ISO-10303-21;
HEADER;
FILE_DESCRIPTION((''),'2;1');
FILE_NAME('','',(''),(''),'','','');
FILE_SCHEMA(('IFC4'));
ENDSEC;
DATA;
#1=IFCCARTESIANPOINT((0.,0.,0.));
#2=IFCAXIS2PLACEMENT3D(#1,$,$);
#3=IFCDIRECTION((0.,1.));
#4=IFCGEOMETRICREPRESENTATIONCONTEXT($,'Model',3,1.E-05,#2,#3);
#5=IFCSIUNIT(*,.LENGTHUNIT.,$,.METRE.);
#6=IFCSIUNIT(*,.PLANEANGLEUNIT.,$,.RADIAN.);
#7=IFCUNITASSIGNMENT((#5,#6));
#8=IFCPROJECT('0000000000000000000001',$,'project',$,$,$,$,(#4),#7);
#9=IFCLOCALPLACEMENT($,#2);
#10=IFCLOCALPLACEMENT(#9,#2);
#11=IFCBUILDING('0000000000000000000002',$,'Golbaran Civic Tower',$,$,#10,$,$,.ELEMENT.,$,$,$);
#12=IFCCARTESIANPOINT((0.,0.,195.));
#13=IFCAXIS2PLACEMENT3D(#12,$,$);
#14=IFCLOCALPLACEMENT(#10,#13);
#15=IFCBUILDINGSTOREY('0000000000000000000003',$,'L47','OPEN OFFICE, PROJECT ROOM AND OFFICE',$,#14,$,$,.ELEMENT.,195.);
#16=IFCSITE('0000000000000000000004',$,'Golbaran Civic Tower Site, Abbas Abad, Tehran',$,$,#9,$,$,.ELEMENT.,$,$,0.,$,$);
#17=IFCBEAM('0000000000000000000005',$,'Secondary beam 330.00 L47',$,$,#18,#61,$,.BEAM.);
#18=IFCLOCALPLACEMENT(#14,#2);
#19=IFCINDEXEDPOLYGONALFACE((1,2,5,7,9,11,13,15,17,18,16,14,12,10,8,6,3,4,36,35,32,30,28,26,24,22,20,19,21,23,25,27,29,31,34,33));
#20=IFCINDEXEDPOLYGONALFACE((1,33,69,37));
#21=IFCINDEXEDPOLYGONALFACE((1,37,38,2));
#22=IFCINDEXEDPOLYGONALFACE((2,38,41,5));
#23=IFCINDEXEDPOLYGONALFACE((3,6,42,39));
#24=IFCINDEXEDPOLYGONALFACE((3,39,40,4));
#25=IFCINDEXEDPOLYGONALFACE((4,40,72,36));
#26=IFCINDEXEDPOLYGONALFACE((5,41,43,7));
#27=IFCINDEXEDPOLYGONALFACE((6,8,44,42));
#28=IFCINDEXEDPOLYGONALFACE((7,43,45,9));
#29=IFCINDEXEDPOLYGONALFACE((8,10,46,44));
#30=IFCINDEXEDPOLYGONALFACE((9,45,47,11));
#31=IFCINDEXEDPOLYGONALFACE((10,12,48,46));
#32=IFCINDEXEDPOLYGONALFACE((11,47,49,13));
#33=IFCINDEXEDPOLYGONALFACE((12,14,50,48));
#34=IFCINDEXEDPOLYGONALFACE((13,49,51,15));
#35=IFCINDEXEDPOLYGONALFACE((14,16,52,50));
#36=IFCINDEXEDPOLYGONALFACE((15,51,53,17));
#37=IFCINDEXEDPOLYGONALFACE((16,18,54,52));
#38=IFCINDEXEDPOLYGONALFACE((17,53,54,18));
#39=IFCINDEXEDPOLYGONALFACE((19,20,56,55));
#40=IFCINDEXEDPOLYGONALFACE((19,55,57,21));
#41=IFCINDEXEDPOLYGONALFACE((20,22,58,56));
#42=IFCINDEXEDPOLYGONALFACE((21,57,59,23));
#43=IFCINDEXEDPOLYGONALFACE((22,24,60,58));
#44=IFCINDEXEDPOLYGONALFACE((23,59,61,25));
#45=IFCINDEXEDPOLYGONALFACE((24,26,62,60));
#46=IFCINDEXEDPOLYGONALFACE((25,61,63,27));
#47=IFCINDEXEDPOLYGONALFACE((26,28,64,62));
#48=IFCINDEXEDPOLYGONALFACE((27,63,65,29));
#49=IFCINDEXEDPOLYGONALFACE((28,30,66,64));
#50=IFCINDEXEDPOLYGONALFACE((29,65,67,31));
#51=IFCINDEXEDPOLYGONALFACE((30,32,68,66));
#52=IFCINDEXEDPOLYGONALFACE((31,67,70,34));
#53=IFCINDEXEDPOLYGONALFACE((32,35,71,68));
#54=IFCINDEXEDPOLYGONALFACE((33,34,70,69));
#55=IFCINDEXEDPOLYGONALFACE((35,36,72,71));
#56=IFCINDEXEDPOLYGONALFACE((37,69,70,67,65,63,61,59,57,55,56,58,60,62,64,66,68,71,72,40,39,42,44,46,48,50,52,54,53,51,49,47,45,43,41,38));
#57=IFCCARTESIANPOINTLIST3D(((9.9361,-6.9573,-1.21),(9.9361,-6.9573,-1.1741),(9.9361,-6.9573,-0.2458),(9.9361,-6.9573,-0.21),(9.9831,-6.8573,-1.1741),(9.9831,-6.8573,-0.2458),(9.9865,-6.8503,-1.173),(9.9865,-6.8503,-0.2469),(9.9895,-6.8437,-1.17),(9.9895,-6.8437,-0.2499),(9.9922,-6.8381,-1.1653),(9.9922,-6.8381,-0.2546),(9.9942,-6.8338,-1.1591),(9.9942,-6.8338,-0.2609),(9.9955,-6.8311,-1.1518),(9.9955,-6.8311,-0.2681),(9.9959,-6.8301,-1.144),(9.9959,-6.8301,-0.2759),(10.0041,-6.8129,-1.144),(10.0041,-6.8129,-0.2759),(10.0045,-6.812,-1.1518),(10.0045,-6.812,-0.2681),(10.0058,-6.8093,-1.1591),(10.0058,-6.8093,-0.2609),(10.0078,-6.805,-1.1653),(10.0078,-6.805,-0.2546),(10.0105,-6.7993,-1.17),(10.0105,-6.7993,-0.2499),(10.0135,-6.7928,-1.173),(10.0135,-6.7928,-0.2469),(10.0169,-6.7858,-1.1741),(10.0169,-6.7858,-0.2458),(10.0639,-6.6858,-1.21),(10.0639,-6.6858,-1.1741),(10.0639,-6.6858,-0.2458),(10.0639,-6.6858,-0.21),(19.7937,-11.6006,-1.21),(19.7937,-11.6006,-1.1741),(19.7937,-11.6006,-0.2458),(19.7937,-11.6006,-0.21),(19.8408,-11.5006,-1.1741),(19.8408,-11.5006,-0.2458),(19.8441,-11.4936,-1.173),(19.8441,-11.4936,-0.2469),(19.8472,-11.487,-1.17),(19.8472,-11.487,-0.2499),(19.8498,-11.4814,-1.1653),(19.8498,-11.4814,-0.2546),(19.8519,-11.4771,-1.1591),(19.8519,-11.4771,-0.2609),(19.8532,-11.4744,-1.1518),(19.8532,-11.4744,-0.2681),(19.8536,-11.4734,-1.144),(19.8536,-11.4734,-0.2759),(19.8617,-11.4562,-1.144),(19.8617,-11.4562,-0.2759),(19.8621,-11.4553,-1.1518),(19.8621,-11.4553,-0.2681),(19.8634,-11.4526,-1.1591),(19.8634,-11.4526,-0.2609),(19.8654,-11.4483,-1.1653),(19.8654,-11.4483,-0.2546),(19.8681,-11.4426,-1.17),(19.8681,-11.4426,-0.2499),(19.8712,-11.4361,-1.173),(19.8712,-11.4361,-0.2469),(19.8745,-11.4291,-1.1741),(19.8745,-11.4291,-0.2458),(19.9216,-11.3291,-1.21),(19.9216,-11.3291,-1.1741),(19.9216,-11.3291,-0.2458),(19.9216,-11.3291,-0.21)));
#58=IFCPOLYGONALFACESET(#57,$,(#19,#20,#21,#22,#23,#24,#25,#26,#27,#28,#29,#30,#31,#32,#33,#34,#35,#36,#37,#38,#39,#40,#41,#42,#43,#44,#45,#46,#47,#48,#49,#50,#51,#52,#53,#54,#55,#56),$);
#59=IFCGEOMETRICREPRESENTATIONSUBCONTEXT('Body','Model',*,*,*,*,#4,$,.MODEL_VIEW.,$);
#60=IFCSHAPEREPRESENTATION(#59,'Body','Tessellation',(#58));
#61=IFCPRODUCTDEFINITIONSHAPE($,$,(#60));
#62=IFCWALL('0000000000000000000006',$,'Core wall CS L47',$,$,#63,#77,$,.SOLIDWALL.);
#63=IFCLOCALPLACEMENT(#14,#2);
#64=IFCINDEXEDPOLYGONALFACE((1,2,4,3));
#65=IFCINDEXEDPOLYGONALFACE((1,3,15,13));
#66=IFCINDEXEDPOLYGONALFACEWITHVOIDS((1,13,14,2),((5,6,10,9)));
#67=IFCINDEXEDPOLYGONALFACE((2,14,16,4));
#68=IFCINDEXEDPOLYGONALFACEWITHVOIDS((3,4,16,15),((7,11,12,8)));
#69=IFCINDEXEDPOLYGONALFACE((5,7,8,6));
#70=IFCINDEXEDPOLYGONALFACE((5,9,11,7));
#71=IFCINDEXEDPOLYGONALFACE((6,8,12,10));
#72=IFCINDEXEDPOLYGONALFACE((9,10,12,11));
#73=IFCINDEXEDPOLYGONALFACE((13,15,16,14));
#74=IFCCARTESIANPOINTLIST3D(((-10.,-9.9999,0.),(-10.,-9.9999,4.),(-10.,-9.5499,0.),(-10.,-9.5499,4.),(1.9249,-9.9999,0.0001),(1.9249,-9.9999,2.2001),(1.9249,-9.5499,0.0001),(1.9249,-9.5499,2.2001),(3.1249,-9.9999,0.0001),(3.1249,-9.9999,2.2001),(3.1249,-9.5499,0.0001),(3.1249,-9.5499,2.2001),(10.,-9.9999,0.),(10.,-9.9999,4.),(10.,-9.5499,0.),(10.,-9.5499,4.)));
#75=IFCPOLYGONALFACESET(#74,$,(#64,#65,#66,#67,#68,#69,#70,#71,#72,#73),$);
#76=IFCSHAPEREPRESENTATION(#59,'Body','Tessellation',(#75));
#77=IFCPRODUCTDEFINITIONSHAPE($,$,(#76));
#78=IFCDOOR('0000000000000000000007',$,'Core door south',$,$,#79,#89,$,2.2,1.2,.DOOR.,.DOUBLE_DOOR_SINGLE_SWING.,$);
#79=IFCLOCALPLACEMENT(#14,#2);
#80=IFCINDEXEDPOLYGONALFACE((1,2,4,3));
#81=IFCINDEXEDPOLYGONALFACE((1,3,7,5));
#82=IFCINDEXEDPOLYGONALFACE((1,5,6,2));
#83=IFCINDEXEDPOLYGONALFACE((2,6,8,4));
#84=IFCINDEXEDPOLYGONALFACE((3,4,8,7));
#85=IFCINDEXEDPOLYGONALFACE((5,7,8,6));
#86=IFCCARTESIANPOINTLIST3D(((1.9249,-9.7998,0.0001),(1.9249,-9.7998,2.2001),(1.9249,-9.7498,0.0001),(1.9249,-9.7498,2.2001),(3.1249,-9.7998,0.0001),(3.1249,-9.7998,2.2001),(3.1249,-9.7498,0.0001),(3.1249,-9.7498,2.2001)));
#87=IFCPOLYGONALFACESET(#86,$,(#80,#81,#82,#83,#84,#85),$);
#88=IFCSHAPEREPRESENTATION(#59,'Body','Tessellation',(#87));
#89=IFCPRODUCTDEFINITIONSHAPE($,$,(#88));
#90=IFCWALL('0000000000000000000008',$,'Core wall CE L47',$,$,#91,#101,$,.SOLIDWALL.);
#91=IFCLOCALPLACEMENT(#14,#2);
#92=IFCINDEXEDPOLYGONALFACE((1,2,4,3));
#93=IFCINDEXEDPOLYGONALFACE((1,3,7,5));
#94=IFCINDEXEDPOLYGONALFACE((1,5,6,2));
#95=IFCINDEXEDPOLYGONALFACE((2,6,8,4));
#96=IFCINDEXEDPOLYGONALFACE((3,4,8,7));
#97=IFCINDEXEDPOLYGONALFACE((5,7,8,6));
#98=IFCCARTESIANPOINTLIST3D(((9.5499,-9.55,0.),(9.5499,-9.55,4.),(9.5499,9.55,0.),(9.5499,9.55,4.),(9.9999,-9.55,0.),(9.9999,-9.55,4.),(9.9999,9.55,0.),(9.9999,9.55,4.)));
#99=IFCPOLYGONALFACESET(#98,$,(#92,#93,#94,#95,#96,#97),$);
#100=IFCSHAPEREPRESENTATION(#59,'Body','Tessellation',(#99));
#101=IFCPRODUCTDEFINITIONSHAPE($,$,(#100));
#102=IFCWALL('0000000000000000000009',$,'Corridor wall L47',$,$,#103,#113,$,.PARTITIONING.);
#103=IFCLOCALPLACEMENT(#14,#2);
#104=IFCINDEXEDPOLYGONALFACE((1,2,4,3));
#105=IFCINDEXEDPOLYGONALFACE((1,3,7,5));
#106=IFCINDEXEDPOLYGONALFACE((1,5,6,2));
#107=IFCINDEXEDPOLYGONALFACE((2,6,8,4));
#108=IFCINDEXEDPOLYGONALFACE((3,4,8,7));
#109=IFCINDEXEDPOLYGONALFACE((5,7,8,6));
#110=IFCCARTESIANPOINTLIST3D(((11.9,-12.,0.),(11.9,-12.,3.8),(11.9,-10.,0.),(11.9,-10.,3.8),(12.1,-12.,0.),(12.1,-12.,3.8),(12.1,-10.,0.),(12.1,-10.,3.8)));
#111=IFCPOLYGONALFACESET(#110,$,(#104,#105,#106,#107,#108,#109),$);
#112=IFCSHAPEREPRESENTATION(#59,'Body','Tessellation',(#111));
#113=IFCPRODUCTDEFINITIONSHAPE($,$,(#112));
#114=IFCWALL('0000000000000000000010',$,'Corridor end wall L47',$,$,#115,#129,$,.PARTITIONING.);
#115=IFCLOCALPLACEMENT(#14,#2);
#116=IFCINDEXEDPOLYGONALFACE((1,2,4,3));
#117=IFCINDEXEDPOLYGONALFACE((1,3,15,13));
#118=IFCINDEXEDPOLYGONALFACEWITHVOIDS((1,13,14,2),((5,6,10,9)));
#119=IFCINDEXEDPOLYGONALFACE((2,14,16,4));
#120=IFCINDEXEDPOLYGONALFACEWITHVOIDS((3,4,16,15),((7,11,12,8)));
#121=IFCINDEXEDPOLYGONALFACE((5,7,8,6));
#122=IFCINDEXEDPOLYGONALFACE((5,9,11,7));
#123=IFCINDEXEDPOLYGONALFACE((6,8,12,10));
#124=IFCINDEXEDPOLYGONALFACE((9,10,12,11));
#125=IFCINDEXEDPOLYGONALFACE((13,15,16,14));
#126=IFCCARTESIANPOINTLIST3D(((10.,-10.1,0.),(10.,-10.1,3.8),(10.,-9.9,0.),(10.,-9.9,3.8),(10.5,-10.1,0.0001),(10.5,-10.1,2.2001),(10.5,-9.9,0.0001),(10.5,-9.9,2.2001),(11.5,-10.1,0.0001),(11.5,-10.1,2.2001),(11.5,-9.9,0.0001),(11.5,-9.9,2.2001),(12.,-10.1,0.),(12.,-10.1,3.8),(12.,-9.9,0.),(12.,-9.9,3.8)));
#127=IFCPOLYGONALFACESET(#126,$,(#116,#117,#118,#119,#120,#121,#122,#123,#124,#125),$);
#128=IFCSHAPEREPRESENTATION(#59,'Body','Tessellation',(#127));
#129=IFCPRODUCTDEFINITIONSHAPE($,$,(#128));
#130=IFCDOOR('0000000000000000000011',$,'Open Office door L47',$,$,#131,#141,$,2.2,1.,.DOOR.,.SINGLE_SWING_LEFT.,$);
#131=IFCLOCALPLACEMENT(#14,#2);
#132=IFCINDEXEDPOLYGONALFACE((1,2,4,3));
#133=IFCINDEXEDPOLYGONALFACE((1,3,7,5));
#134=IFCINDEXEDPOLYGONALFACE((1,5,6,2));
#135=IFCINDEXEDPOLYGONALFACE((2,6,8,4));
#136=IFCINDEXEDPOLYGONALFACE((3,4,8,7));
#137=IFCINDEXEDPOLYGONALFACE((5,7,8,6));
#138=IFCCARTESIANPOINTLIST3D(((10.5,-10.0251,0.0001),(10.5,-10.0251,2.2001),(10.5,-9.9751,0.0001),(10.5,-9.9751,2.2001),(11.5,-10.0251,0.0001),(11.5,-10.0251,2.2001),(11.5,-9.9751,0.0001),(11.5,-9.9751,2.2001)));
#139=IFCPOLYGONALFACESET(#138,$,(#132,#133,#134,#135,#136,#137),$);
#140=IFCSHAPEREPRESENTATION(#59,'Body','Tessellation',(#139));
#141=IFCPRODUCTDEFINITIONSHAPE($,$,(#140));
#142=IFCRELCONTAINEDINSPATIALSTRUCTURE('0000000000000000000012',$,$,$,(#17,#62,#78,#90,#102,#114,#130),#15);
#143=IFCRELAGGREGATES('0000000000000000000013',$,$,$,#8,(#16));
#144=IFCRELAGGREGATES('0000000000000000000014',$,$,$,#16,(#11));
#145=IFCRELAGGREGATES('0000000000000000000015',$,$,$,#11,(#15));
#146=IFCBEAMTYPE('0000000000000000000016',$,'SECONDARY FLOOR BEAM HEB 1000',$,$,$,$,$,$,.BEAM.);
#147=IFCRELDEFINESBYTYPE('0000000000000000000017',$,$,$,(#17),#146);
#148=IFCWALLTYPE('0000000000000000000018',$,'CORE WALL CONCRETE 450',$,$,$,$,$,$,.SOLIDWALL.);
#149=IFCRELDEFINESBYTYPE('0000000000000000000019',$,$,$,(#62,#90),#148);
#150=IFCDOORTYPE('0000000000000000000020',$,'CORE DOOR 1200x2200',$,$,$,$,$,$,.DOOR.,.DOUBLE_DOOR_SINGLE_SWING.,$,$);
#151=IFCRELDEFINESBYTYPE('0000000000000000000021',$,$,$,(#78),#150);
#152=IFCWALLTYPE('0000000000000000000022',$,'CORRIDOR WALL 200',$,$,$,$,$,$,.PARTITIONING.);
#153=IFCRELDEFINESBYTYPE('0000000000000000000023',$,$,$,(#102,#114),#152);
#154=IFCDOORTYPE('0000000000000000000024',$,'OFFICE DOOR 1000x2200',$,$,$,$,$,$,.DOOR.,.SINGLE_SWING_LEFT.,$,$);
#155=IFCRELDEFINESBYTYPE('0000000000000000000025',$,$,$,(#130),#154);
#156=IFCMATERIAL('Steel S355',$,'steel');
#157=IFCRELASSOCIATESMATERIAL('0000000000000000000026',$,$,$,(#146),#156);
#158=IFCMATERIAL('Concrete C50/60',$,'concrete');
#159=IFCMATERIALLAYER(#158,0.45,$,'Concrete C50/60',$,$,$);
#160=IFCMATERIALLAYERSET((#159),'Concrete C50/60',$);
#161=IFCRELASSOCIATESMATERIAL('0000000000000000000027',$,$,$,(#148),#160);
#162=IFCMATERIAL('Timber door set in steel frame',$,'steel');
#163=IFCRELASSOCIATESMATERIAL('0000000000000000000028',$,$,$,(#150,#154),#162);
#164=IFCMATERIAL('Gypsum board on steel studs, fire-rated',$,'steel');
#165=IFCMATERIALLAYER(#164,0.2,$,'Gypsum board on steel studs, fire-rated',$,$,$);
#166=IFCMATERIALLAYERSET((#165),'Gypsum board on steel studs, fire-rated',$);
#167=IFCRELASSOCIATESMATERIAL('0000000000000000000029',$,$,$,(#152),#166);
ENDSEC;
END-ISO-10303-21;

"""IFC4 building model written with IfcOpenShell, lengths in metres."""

from ifc_helpers import new_model, si_unit, direction, frame, frame_2d, origin, origin_2d, place, context, subcontext, project, spatial, rectangle, i_section, extrude, material, layer, layer_set, material_profile, profile_set, type_object, element, fill, save


model = new_model("IFC4")

# Units and contexts
model_context = context("Model", 3, precision=1e-05, world=origin(), true_north=direction((0.0, 1.0)))
body_context = subcontext(model_context, "Body", "Model", "MODEL_VIEW")
ifc_project = project(units=[si_unit("LENGTHUNIT", "METRE"), si_unit("PLANEANGLEUNIT", "RADIAN")], contexts=[model_context])

# Site, building, storey
site_placement = place(None, origin())
site = spatial("IfcSite", under=ifc_project, at=site_placement, Name="Golbaran Civic Tower Site, Abbas Abad, Tehran", CompositionType="ELEMENT", RefElevation=0.0)
building_placement = place(site_placement, origin())
building = spatial("IfcBuilding", under=site, at=building_placement, Name="Golbaran Civic Tower", CompositionType="ELEMENT")
storey_placement = place(building_placement, frame((0.0, 0.0, 195.0)))
storey = spatial("IfcBuildingStorey", under=building, at=storey_placement, Name="L47", Description="OPEN OFFICE, PROJECT ROOM AND OFFICE", CompositionType="ELEMENT", Elevation=195.0)

# Beam
ifc_material_1 = material(Name="Steel S355", Category="steel")
ifc_material_profile_1 = material_profile(ifc_material_1, i_section(OverallWidth=0.3, OverallDepth=1.0, WebThickness=0.019, FlangeThickness=0.0359, FilletRadius=0.03, at=origin_2d()), Name="HEB 1000")
ifc_profile_set_1 = profile_set([ifc_material_profile_1], Name="Steel S355")
beam_type_1 = type_object("IfcBeamType", Name="SECONDARY FLOOR BEAM HEB 1000", PredefinedType="BEAM", material=ifc_profile_set_1)
beam_1_placement = place(storey_placement, frame((10.0, -6.8215, -0.71), z_axis=(0.904663, -0.426128, 0.0), x_axis=(0.426128, 0.904663, 0.0)))
element("IfcBeam", 1, at=beam_1_placement, inside=storey, type_object=beam_type_1, Name="Secondary beam 330.00 L47", PredefinedType="BEAM", context=body_context, shape_type="SweptSolid", body=[
    extrude(i_section(OverallWidth=0.3, OverallDepth=1.0, WebThickness=0.019, FlangeThickness=0.0359, FilletRadius=0.03, at=origin_2d()), origin(), (0.0, 0.0, 1.0), 10.8965),
])

# Wall, opening, door
ifc_material_2 = material(Name="Concrete C50/60", Category="concrete")
ifc_layer_1 = layer(ifc_material_2, 0.45, Name="Concrete C50/60")
ifc_layer_set_1 = layer_set([ifc_layer_1], Name="Concrete C50/60")
wall_type_1 = type_object("IfcWallType", Name="CORE WALL CONCRETE 450", PredefinedType="SOLIDWALL", material=ifc_layer_set_1)
wall_1_placement = place(storey_placement, frame((10.0, -9.7749, 0.0), z_axis=(0.0, 0.0, 1.0), x_axis=(-1.0, 0.0, 0.0)))
wall_1 = element("IfcWall", 2, at=wall_1_placement, inside=storey, type_object=wall_type_1, Name="Core wall CS L47", PredefinedType="SOLIDWALL", context=body_context, shape_type="SweptSolid", body=[
    extrude(rectangle(XDim=20.0, YDim=0.45, at=frame_2d((10.0, 0.0))), origin(), (0.0, 0.0, 1.0), 4.0),
])
opening_1_placement = place(wall_1_placement, frame((6.875, 0.0, 0.0)))
opening_1 = element("IfcOpeningElement", 3, at=opening_1_placement, cuts=wall_1, PredefinedType="OPENING", context=body_context, shape_type="SweptSolid", body=[
    extrude(rectangle(XDim=1.2, YDim=2.2, at=frame_2d((0.6001, 1.1001))), frame((0.0, 0.2349, 0.0), z_axis=(0.0, -1.0, 0.0), x_axis=(1.0, 0.0, 0.0)), (0.0, 0.0, 1.0), 0.47),
])
ifc_material_3 = material(Name="Timber door set in steel frame", Category="steel")
door_type_1 = type_object("IfcDoorType", Name="CORE DOOR 1200x2200", OperationType="DOUBLE_DOOR_SINGLE_SWING", PredefinedType="DOOR", material=ifc_material_3)
door_1_placement = place(opening_1_placement, origin())
door_1 = element("IfcDoor", 4, at=door_1_placement, inside=storey, type_object=door_type_1, Name="Core door south", OperationType="DOUBLE_DOOR_SINGLE_SWING", OverallHeight=2.2, OverallWidth=1.2, PredefinedType="DOOR", context=body_context, shape_type="SweptSolid", body=[
    extrude(rectangle(XDim=1.2, YDim=2.2, at=frame_2d((0.6001, 1.1001))), frame((0.0, 0.0249, 0.0), z_axis=(0.0, -1.0, 0.0), x_axis=(1.0, 0.0, 0.0)), (0.0, 0.0, 1.0), 0.05),
])
fill(opening_1, door_1)

# Walls
wall_2_placement = place(storey_placement, frame((9.7749, -9.55, 0.0), z_axis=(0.0, 0.0, 1.0), x_axis=(0.0, 1.0, 0.0)))
element("IfcWall", 5, at=wall_2_placement, inside=storey, type_object=wall_type_1, Name="Core wall CE L47", PredefinedType="SOLIDWALL", context=body_context, shape_type="SweptSolid", body=[
    extrude(rectangle(XDim=19.1001, YDim=0.45, at=frame_2d((9.55, 0.0))), origin(), (0.0, 0.0, 1.0), 4.0),
])
ifc_material_4 = material(Name="Gypsum board on steel studs, fire-rated", Category="steel")
ifc_layer_2 = layer(ifc_material_4, 0.2, Name="Gypsum board on steel studs, fire-rated")
ifc_layer_set_2 = layer_set([ifc_layer_2], Name="Gypsum board on steel studs, fire-rated")
wall_type_2 = type_object("IfcWallType", Name="CORRIDOR WALL 200", PredefinedType="PARTITIONING", material=ifc_layer_set_2)
wall_3_placement = place(storey_placement, frame((12.0, -12.0, 0.0), z_axis=(0.0, 0.0, 1.0), x_axis=(0.0, 1.0, 0.0)))
element("IfcWall", 6, at=wall_3_placement, inside=storey, type_object=wall_type_2, Name="Corridor wall L47", PredefinedType="PARTITIONING", context=body_context, shape_type="SweptSolid", body=[
    extrude(rectangle(XDim=2.0, YDim=0.2, at=frame_2d((1.0, 0.0))), origin(), (0.0, 0.0, 1.0), 3.8),
])

# Wall, opening, door
wall_4_placement = place(storey_placement, frame((10.0, -10.0, 0.0), z_axis=(0.0, 0.0, 1.0), x_axis=(1.0, 0.0, 0.0)))
wall_4 = element("IfcWall", 7, at=wall_4_placement, inside=storey, type_object=wall_type_2, Name="Corridor end wall L47", PredefinedType="PARTITIONING", context=body_context, shape_type="SweptSolid", body=[
    extrude(rectangle(XDim=2.0, YDim=0.2, at=frame_2d((1.0, 0.0))), origin(), (0.0, 0.0, 1.0), 3.8),
])
opening_2_placement = place(wall_4_placement, frame((0.5, 0.0, 0.0)))
opening_2 = element("IfcOpeningElement", 8, at=opening_2_placement, cuts=wall_4, PredefinedType="OPENING", context=body_context, shape_type="SweptSolid", body=[
    extrude(rectangle(XDim=1.0, YDim=2.2, at=frame_2d((0.5, 1.1001))), frame((0.0, 0.1099, 0.0), z_axis=(0.0, -1.0, 0.0), x_axis=(1.0, 0.0, 0.0)), (0.0, 0.0, 1.0), 0.22),
])
door_type_2 = type_object("IfcDoorType", Name="OFFICE DOOR 1000x2200", OperationType="SINGLE_SWING_LEFT", PredefinedType="DOOR", material=ifc_material_3)
door_2_placement = place(opening_2_placement, origin())
door_2 = element("IfcDoor", 9, at=door_2_placement, inside=storey, type_object=door_type_2, Name="Open Office door L47", OperationType="SINGLE_SWING_LEFT", OverallHeight=2.2, OverallWidth=1.0, PredefinedType="DOOR", context=body_context, shape_type="SweptSolid", body=[
    extrude(rectangle(XDim=1.0, YDim=2.2, at=frame_2d((0.5, 1.1001))), frame((0.0, 0.0249, 0.0), z_axis=(0.0, -1.0, 0.0), x_axis=(1.0, 0.0, 0.0)), (0.0, 0.0, 1.0), 0.05),
])
fill(opening_2, door_2)

save(model, "model.ifc")
